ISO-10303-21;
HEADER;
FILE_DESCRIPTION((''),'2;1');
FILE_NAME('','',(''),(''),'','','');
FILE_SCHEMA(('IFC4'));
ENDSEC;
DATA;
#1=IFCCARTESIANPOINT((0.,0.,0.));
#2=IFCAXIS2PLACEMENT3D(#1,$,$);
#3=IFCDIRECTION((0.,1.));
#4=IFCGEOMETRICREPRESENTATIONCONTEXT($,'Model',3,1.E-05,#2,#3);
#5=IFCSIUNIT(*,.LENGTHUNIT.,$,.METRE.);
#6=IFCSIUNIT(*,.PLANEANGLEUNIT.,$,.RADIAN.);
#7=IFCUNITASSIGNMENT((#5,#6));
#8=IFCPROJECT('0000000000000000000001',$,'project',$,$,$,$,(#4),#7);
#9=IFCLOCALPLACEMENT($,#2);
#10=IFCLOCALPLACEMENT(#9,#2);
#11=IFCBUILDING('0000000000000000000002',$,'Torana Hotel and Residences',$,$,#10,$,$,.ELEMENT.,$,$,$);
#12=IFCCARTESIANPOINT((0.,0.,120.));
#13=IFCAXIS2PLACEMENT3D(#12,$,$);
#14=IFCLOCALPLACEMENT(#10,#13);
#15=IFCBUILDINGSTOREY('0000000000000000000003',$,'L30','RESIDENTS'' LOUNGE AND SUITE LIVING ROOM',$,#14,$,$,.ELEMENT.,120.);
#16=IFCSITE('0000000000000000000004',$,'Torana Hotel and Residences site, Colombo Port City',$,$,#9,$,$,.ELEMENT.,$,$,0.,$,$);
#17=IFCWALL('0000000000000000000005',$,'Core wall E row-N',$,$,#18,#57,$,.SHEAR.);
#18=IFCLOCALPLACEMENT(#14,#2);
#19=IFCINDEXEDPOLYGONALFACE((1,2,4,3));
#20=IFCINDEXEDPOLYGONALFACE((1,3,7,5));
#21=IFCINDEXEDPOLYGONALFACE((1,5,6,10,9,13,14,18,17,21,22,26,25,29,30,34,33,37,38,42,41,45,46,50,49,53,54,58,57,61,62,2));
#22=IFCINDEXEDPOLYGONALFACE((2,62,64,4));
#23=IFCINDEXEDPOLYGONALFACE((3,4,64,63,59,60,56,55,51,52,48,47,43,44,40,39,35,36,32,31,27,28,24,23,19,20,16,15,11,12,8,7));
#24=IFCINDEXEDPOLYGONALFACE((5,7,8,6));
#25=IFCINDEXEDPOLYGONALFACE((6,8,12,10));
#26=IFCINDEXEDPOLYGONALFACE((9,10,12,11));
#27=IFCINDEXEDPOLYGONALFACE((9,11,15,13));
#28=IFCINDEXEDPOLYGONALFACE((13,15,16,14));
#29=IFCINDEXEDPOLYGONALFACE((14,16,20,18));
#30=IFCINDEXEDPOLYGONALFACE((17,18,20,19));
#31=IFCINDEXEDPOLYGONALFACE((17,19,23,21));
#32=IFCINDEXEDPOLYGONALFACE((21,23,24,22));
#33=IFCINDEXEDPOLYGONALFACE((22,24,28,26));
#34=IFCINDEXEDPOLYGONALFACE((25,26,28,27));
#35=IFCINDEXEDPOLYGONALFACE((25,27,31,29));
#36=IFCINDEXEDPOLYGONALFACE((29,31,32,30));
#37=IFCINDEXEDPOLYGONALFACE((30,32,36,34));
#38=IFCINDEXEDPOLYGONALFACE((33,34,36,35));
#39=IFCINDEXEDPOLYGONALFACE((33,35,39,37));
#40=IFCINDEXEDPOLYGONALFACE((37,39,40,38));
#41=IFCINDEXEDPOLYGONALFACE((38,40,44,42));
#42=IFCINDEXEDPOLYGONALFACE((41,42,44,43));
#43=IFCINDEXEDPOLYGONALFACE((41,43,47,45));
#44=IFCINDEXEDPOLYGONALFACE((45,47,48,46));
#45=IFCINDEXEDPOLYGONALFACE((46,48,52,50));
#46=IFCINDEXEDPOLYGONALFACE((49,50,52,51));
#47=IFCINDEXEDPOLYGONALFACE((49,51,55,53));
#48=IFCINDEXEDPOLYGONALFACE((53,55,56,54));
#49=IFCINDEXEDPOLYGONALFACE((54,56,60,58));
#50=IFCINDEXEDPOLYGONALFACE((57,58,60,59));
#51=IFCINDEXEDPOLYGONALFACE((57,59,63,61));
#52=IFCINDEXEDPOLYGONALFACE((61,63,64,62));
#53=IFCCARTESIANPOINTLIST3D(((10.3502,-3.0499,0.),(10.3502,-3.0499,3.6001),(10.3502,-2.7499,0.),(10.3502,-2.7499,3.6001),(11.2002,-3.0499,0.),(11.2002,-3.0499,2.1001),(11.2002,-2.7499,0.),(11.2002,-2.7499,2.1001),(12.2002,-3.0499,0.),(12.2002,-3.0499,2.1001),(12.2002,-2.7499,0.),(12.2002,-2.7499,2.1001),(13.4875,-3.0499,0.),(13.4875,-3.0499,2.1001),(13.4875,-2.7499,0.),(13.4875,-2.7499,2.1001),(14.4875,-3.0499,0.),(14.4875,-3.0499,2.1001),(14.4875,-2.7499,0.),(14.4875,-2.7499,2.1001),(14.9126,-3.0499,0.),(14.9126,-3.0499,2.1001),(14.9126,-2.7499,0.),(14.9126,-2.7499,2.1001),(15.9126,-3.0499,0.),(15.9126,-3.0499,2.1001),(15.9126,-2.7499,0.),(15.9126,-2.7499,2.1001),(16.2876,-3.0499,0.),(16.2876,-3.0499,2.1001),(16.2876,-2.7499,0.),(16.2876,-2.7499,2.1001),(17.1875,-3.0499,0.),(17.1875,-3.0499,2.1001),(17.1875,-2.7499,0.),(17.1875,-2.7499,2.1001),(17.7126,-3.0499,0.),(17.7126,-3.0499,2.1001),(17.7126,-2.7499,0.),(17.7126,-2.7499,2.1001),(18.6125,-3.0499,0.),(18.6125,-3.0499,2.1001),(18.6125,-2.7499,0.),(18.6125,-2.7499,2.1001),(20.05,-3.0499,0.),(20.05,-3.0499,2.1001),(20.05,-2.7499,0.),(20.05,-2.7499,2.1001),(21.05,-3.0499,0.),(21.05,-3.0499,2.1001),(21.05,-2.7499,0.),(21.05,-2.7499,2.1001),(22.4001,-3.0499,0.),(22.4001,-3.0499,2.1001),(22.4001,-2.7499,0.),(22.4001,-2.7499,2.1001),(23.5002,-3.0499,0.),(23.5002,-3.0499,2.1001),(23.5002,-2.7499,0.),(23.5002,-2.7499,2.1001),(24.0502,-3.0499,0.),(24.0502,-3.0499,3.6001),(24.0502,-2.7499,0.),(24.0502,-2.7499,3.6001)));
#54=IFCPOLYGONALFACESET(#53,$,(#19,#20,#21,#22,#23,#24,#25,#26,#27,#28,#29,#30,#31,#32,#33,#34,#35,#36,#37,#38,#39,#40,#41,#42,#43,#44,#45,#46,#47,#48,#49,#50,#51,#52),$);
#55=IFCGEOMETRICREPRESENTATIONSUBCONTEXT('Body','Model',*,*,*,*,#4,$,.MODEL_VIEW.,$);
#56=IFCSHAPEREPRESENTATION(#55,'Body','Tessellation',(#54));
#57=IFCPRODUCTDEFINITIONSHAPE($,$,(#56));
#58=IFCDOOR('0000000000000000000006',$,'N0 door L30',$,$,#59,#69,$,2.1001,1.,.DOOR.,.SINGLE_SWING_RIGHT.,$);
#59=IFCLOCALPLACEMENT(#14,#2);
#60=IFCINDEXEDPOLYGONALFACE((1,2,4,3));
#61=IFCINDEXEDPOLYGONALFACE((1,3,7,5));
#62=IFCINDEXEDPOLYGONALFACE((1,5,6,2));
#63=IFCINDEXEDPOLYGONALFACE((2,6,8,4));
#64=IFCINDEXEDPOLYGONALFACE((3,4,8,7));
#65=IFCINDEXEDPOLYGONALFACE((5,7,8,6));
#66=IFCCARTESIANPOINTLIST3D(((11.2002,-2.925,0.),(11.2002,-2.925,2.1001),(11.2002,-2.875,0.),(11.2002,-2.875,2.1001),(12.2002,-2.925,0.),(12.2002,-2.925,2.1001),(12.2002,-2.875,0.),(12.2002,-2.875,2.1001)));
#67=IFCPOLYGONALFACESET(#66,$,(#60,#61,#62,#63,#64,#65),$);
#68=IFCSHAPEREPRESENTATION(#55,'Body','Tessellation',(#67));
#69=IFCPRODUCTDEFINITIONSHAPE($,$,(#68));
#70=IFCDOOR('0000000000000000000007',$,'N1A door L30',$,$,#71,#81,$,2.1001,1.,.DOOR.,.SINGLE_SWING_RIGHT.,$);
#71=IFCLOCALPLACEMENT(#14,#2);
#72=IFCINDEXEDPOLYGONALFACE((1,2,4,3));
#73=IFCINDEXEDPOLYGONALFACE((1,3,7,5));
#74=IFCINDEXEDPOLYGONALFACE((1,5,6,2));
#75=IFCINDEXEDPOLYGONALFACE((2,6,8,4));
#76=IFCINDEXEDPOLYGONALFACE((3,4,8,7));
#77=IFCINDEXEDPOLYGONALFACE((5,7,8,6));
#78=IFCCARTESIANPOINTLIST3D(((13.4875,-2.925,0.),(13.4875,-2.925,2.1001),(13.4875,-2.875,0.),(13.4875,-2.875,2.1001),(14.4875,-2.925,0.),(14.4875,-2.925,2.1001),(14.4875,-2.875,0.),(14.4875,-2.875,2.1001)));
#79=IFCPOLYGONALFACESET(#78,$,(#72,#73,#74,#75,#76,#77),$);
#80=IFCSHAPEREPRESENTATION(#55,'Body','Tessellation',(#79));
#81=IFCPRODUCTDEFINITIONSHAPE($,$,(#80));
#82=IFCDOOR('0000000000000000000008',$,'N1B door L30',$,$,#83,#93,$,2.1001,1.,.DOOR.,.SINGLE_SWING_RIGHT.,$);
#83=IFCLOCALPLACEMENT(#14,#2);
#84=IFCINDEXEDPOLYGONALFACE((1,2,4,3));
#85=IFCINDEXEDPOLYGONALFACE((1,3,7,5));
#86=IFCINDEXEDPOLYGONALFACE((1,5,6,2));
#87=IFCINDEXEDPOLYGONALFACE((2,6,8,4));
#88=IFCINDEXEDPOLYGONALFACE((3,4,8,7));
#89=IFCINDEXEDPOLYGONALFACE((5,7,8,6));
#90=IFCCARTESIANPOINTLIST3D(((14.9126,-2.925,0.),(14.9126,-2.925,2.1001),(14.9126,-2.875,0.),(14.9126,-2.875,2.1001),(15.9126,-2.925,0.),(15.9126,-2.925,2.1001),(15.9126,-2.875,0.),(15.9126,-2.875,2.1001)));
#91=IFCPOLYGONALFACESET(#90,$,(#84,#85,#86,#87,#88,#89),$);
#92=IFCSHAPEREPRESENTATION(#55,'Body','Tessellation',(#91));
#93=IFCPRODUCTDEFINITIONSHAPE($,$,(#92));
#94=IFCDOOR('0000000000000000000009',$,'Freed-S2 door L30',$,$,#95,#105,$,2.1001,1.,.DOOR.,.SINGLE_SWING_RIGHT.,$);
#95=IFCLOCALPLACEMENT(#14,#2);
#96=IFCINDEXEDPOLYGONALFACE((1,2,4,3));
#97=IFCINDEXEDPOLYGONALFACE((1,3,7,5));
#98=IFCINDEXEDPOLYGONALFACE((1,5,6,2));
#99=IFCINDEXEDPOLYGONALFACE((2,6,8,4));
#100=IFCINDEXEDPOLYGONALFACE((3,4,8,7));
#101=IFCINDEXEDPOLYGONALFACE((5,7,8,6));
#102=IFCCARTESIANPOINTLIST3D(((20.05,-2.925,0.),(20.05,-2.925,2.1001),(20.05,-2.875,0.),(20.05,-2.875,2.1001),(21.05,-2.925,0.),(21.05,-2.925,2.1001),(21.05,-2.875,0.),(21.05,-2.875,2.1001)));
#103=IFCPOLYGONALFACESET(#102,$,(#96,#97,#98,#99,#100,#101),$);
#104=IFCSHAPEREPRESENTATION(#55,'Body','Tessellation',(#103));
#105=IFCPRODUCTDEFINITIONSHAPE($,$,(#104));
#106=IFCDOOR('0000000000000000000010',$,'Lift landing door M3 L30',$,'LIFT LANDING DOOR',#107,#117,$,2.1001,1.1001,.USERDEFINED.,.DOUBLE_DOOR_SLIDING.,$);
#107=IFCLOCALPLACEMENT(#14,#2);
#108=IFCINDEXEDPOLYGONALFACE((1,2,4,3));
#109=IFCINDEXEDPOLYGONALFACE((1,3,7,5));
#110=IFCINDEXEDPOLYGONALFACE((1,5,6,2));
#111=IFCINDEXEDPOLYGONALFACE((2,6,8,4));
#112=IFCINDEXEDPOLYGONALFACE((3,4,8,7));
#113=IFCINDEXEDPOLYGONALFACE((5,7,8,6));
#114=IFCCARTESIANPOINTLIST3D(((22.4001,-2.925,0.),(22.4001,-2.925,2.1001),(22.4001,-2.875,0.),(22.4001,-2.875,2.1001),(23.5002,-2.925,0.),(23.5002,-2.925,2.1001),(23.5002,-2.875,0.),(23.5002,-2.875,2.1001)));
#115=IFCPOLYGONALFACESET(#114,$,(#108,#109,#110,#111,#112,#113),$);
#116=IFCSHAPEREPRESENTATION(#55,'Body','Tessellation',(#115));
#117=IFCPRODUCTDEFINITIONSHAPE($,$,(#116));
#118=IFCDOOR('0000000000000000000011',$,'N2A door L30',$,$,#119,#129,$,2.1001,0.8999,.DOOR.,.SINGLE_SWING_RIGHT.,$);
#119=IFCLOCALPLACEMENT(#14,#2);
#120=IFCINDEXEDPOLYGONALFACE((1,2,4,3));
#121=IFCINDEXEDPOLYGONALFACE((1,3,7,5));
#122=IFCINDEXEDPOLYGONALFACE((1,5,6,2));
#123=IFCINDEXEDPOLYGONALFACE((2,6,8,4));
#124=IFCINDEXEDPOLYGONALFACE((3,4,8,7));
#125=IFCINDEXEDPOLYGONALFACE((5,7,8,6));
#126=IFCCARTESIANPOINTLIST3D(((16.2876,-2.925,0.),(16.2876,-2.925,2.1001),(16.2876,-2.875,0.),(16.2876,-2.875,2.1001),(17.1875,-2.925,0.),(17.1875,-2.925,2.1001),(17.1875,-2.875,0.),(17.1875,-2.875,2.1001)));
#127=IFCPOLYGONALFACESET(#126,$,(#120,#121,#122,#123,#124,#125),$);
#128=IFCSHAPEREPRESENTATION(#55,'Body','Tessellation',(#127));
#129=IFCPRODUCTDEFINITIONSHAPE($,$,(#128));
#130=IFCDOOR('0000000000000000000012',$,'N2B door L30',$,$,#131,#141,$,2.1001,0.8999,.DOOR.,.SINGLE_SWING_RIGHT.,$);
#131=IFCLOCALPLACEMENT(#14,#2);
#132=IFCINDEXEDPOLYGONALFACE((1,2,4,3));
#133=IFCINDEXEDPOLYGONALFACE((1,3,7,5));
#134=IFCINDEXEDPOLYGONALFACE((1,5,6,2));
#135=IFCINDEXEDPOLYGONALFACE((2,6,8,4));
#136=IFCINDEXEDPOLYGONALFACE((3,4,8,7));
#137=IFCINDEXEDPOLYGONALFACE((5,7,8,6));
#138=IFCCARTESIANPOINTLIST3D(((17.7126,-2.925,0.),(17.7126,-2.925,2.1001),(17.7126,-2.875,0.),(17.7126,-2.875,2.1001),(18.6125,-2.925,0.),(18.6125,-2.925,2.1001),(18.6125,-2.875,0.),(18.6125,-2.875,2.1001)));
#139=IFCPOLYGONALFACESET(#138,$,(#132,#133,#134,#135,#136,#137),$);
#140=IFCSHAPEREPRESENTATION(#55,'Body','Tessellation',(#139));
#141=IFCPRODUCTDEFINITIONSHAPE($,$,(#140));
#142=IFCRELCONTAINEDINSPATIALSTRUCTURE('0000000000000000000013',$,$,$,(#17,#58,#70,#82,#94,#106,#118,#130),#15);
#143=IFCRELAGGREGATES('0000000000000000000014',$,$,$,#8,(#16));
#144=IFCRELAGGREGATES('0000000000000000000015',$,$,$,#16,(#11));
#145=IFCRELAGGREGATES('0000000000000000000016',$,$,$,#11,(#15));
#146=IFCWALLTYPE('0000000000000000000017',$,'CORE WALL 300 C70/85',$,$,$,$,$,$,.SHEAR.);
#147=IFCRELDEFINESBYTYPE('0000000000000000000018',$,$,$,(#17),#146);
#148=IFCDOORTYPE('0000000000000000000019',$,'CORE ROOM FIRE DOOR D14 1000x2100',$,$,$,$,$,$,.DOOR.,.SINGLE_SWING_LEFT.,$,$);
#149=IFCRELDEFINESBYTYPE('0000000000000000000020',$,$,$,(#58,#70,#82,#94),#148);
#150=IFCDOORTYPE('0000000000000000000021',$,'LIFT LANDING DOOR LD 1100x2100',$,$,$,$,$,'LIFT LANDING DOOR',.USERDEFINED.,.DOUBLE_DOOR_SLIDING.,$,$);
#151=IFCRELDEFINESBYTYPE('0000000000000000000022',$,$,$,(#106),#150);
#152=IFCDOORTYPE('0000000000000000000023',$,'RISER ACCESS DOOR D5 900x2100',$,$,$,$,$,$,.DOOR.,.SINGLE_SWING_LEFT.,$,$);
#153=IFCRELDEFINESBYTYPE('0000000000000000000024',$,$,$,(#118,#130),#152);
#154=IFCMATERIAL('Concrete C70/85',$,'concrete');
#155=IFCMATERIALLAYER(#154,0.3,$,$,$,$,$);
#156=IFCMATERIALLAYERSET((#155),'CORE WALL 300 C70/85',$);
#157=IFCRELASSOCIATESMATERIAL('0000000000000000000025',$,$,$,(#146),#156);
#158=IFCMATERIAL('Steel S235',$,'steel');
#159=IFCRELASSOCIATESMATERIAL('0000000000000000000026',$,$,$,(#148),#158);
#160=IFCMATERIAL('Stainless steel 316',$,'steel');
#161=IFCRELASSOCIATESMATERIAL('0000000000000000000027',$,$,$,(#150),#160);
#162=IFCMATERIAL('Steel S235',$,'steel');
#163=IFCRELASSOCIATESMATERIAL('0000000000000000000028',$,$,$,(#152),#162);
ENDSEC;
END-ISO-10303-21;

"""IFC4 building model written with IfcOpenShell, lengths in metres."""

from ifc_helpers import new_model, si_unit, direction, frame, frame_2d, origin, place, context, subcontext, project, spatial, rectangle, extrude, material, layer, layer_set, type_object, element, fill, save


model = new_model("IFC4")

# Units and contexts
model_context = context("Model", 3, precision=1e-05, world=origin(), true_north=direction((0.0, 1.0)))
body_context = subcontext(model_context, "Body", "Model", "MODEL_VIEW")
ifc_project = project(units=[si_unit("LENGTHUNIT", "METRE"), si_unit("PLANEANGLEUNIT", "RADIAN")], contexts=[model_context])

# Site, building, storey
site_placement = place(None, origin())
site = spatial("IfcSite", under=ifc_project, at=site_placement, Name="Torana Hotel and Residences site, Colombo Port City", CompositionType="ELEMENT", RefElevation=0.0)
building_placement = place(site_placement, origin())
building = spatial("IfcBuilding", under=site, at=building_placement, Name="Torana Hotel and Residences", CompositionType="ELEMENT")
storey_placement = place(building_placement, frame((0.0, 0.0, 120.0)))
storey = spatial("IfcBuildingStorey", under=building, at=storey_placement, Name="L30", Description="RESIDENTS' LOUNGE AND SUITE LIVING ROOM", CompositionType="ELEMENT", Elevation=120.0)

# Wall, openings, doors
ifc_material_1 = material(Name="Concrete C70/85", Category="concrete")
ifc_layer_1 = layer(ifc_material_1, 0.3)
ifc_layer_set_1 = layer_set([ifc_layer_1], Name="CORE WALL 300 C70/85")
wall_type_1 = type_object("IfcWallType", Name="CORE WALL 300 C70/85", PredefinedType="SHEAR", material=ifc_layer_set_1)
wall_1_placement = place(storey_placement, frame((10.3501, -2.8999, 0.0), z_axis=(0.0, 0.0, 1.0), x_axis=(1.0, 0.0, 0.0)))
wall_1 = element("IfcWall", 1, at=wall_1_placement, inside=storey, type_object=wall_type_1, Name="Core wall E row-N", PredefinedType="SHEAR", context=body_context, shape_type="SweptSolid", body=[
    extrude(rectangle(XDim=13.7, YDim=0.3, at=frame_2d((6.8501, 0.0))), origin(), (0.0, 0.0, 1.0), 3.6001),
])
opening_1_placement = place(wall_1_placement, frame((12.05, 0.0, 0.0)))
opening_1 = element("IfcOpeningElement", 2, at=opening_1_placement, cuts=wall_1, PredefinedType="OPENING", context=body_context, shape_type="SweptSolid", body=[
    extrude(rectangle(XDim=1.1001, YDim=2.1001, at=frame_2d((0.55, 1.05))), frame((0.0, 0.1599, 0.0), z_axis=(0.0, -1.0, 0.0), x_axis=(1.0, 0.0, 0.0)), (0.0, 0.0, 1.0), 0.3201),
])
opening_2_placement = place(wall_1_placement, frame((5.9375, 0.0, 0.0)))
opening_2 = element("IfcOpeningElement", 3, at=opening_2_placement, cuts=wall_1, PredefinedType="OPENING", context=body_context, shape_type="SweptSolid", body=[
    extrude(rectangle(XDim=0.8999, YDim=2.1001, at=frame_2d((0.45, 1.05))), frame((0.0, 0.1599, 0.0), z_axis=(0.0, -1.0, 0.0), x_axis=(1.0, 0.0, 0.0)), (0.0, 0.0, 1.0), 0.3201),
])
opening_3_placement = place(wall_1_placement, frame((7.3625, 0.0, 0.0)))
opening_3 = element("IfcOpeningElement", 4, at=opening_3_placement, cuts=wall_1, PredefinedType="OPENING", context=body_context, shape_type="SweptSolid", body=[
    extrude(rectangle(XDim=0.8999, YDim=2.1001, at=frame_2d((0.45, 1.05))), frame((0.0, 0.1599, 0.0), z_axis=(0.0, -1.0, 0.0), x_axis=(1.0, 0.0, 0.0)), (0.0, 0.0, 1.0), 0.3201),
])
opening_4_placement = place(wall_1_placement, frame((0.8501, 0.0, 0.0)))
opening_4 = element("IfcOpeningElement", 5, at=opening_4_placement, cuts=wall_1, PredefinedType="OPENING", context=body_context, shape_type="SweptSolid", body=[
    extrude(rectangle(XDim=1.0, YDim=2.1001, at=frame_2d((0.5, 1.05))), frame((0.0, 0.1599, 0.0), z_axis=(0.0, -1.0, 0.0), x_axis=(1.0, 0.0, 0.0)), (0.0, 0.0, 1.0), 0.3201),
])
opening_5_placement = place(wall_1_placement, frame((3.1375, 0.0, 0.0)))
opening_5 = element("IfcOpeningElement", 6, at=opening_5_placement, cuts=wall_1, PredefinedType="OPENING", context=body_context, shape_type="SweptSolid", body=[
    extrude(rectangle(XDim=1.0, YDim=2.1001, at=frame_2d((0.5, 1.05))), frame((0.0, 0.1599, 0.0), z_axis=(0.0, -1.0, 0.0), x_axis=(1.0, 0.0, 0.0)), (0.0, 0.0, 1.0), 0.3201),
])
opening_6_placement = place(wall_1_placement, frame((4.5625, 0.0, 0.0)))
opening_6 = element("IfcOpeningElement", 7, at=opening_6_placement, cuts=wall_1, PredefinedType="OPENING", context=body_context, shape_type="SweptSolid", body=[
    extrude(rectangle(XDim=1.0, YDim=2.1001, at=frame_2d((0.5, 1.05))), frame((0.0, 0.1599, 0.0), z_axis=(0.0, -1.0, 0.0), x_axis=(1.0, 0.0, 0.0)), (0.0, 0.0, 1.0), 0.3201),
])
opening_7_placement = place(wall_1_placement, frame((9.7, 0.0, 0.0)))
opening_7 = element("IfcOpeningElement", 8, at=opening_7_placement, cuts=wall_1, PredefinedType="OPENING", context=body_context, shape_type="SweptSolid", body=[
    extrude(rectangle(XDim=1.0, YDim=2.1001, at=frame_2d((0.5, 1.05))), frame((0.0, 0.1599, 0.0), z_axis=(0.0, -1.0, 0.0), x_axis=(1.0, 0.0, 0.0)), (0.0, 0.0, 1.0), 0.3201),
])
ifc_material_2 = material(Name="Steel S235", Category="steel")
door_type_1 = type_object("IfcDoorType", Name="CORE ROOM FIRE DOOR D14 1000x2100", OperationType="SINGLE_SWING_LEFT", PredefinedType="DOOR", material=ifc_material_2)
door_1_placement = place(opening_4_placement, origin())
door_1 = element("IfcDoor", 9, at=door_1_placement, inside=storey, type_object=door_type_1, Name="N0 door L30", OperationType="SINGLE_SWING_RIGHT", OverallHeight=2.1001, OverallWidth=1.0, PredefinedType="DOOR", context=body_context, shape_type="SweptSolid", body=[
    extrude(rectangle(XDim=1.0, YDim=2.1001, at=frame_2d((0.5, 1.05))), frame((0.0, 0.0249, 0.0), z_axis=(0.0, -1.0, 0.0), x_axis=(1.0, 0.0, 0.0)), (0.0, 0.0, 1.0), 0.05),
])
fill(opening_4, door_1)
door_2_placement = place(opening_5_placement, origin())
door_2 = element("IfcDoor", 10, at=door_2_placement, inside=storey, type_object=door_type_1, Name="N1A door L30", OperationType="SINGLE_SWING_RIGHT", OverallHeight=2.1001, OverallWidth=1.0, PredefinedType="DOOR", context=body_context, shape_type="SweptSolid", body=[
    extrude(rectangle(XDim=1.0, YDim=2.1001, at=frame_2d((0.5, 1.05))), frame((0.0, 0.0249, 0.0), z_axis=(0.0, -1.0, 0.0), x_axis=(1.0, 0.0, 0.0)), (0.0, 0.0, 1.0), 0.05),
])
fill(opening_5, door_2)
door_3_placement = place(opening_6_placement, origin())
door_3 = element("IfcDoor", 11, at=door_3_placement, inside=storey, type_object=door_type_1, Name="N1B door L30", OperationType="SINGLE_SWING_RIGHT", OverallHeight=2.1001, OverallWidth=1.0, PredefinedType="DOOR", context=body_context, shape_type="SweptSolid", body=[
    extrude(rectangle(XDim=1.0, YDim=2.1001, at=frame_2d((0.5, 1.05))), frame((0.0, 0.0249, 0.0), z_axis=(0.0, -1.0, 0.0), x_axis=(1.0, 0.0, 0.0)), (0.0, 0.0, 1.0), 0.05),
])
fill(opening_6, door_3)
door_4_placement = place(opening_7_placement, origin())
door_4 = element("IfcDoor", 12, at=door_4_placement, inside=storey, type_object=door_type_1, Name="Freed-S2 door L30", OperationType="SINGLE_SWING_RIGHT", OverallHeight=2.1001, OverallWidth=1.0, PredefinedType="DOOR", context=body_context, shape_type="SweptSolid", body=[
    extrude(rectangle(XDim=1.0, YDim=2.1001, at=frame_2d((0.5, 1.05))), frame((0.0, 0.0249, 0.0), z_axis=(0.0, -1.0, 0.0), x_axis=(1.0, 0.0, 0.0)), (0.0, 0.0, 1.0), 0.05),
])
fill(opening_7, door_4)
ifc_material_3 = material(Name="Stainless steel 316", Category="steel")
door_type_2 = type_object("IfcDoorType", Name="LIFT LANDING DOOR LD 1100x2100", ElementType="LIFT LANDING DOOR", OperationType="DOUBLE_DOOR_SLIDING", PredefinedType="USERDEFINED", material=ifc_material_3)
door_5_placement = place(opening_1_placement, origin())
door_5 = element("IfcDoor", 13, at=door_5_placement, inside=storey, type_object=door_type_2, Name="Lift landing door M3 L30", ObjectType="LIFT LANDING DOOR", OperationType="DOUBLE_DOOR_SLIDING", OverallHeight=2.1001, OverallWidth=1.1001, PredefinedType="USERDEFINED", context=body_context, shape_type="SweptSolid", body=[
    extrude(rectangle(XDim=1.1001, YDim=2.1001, at=frame_2d((0.55, 1.05))), frame((0.0, 0.0249, 0.0), z_axis=(0.0, -1.0, 0.0), x_axis=(1.0, 0.0, 0.0)), (0.0, 0.0, 1.0), 0.05),
])
fill(opening_1, door_5)
ifc_material_4 = material(Name="Steel S235", Category="steel")
door_type_3 = type_object("IfcDoorType", Name="RISER ACCESS DOOR D5 900x2100", OperationType="SINGLE_SWING_LEFT", PredefinedType="DOOR", material=ifc_material_4)
door_6_placement = place(opening_2_placement, origin())
door_6 = element("IfcDoor", 14, at=door_6_placement, inside=storey, type_object=door_type_3, Name="N2A door L30", OperationType="SINGLE_SWING_RIGHT", OverallHeight=2.1001, OverallWidth=0.8999, PredefinedType="DOOR", context=body_context, shape_type="SweptSolid", body=[
    extrude(rectangle(XDim=0.8999, YDim=2.1001, at=frame_2d((0.45, 1.05))), frame((0.0, 0.0249, 0.0), z_axis=(0.0, -1.0, 0.0), x_axis=(1.0, 0.0, 0.0)), (0.0, 0.0, 1.0), 0.05),
])
fill(opening_2, door_6)
door_7_placement = place(opening_3_placement, origin())
door_7 = element("IfcDoor", 15, at=door_7_placement, inside=storey, type_object=door_type_3, Name="N2B door L30", OperationType="SINGLE_SWING_RIGHT", OverallHeight=2.1001, OverallWidth=0.8999, PredefinedType="DOOR", context=body_context, shape_type="SweptSolid", body=[
    extrude(rectangle(XDim=0.8999, YDim=2.1001, at=frame_2d((0.45, 1.05))), frame((0.0, 0.0249, 0.0), z_axis=(0.0, -1.0, 0.0), x_axis=(1.0, 0.0, 0.0)), (0.0, 0.0, 1.0), 0.05),
])
fill(opening_3, door_7)

save(model, "model.ifc")
